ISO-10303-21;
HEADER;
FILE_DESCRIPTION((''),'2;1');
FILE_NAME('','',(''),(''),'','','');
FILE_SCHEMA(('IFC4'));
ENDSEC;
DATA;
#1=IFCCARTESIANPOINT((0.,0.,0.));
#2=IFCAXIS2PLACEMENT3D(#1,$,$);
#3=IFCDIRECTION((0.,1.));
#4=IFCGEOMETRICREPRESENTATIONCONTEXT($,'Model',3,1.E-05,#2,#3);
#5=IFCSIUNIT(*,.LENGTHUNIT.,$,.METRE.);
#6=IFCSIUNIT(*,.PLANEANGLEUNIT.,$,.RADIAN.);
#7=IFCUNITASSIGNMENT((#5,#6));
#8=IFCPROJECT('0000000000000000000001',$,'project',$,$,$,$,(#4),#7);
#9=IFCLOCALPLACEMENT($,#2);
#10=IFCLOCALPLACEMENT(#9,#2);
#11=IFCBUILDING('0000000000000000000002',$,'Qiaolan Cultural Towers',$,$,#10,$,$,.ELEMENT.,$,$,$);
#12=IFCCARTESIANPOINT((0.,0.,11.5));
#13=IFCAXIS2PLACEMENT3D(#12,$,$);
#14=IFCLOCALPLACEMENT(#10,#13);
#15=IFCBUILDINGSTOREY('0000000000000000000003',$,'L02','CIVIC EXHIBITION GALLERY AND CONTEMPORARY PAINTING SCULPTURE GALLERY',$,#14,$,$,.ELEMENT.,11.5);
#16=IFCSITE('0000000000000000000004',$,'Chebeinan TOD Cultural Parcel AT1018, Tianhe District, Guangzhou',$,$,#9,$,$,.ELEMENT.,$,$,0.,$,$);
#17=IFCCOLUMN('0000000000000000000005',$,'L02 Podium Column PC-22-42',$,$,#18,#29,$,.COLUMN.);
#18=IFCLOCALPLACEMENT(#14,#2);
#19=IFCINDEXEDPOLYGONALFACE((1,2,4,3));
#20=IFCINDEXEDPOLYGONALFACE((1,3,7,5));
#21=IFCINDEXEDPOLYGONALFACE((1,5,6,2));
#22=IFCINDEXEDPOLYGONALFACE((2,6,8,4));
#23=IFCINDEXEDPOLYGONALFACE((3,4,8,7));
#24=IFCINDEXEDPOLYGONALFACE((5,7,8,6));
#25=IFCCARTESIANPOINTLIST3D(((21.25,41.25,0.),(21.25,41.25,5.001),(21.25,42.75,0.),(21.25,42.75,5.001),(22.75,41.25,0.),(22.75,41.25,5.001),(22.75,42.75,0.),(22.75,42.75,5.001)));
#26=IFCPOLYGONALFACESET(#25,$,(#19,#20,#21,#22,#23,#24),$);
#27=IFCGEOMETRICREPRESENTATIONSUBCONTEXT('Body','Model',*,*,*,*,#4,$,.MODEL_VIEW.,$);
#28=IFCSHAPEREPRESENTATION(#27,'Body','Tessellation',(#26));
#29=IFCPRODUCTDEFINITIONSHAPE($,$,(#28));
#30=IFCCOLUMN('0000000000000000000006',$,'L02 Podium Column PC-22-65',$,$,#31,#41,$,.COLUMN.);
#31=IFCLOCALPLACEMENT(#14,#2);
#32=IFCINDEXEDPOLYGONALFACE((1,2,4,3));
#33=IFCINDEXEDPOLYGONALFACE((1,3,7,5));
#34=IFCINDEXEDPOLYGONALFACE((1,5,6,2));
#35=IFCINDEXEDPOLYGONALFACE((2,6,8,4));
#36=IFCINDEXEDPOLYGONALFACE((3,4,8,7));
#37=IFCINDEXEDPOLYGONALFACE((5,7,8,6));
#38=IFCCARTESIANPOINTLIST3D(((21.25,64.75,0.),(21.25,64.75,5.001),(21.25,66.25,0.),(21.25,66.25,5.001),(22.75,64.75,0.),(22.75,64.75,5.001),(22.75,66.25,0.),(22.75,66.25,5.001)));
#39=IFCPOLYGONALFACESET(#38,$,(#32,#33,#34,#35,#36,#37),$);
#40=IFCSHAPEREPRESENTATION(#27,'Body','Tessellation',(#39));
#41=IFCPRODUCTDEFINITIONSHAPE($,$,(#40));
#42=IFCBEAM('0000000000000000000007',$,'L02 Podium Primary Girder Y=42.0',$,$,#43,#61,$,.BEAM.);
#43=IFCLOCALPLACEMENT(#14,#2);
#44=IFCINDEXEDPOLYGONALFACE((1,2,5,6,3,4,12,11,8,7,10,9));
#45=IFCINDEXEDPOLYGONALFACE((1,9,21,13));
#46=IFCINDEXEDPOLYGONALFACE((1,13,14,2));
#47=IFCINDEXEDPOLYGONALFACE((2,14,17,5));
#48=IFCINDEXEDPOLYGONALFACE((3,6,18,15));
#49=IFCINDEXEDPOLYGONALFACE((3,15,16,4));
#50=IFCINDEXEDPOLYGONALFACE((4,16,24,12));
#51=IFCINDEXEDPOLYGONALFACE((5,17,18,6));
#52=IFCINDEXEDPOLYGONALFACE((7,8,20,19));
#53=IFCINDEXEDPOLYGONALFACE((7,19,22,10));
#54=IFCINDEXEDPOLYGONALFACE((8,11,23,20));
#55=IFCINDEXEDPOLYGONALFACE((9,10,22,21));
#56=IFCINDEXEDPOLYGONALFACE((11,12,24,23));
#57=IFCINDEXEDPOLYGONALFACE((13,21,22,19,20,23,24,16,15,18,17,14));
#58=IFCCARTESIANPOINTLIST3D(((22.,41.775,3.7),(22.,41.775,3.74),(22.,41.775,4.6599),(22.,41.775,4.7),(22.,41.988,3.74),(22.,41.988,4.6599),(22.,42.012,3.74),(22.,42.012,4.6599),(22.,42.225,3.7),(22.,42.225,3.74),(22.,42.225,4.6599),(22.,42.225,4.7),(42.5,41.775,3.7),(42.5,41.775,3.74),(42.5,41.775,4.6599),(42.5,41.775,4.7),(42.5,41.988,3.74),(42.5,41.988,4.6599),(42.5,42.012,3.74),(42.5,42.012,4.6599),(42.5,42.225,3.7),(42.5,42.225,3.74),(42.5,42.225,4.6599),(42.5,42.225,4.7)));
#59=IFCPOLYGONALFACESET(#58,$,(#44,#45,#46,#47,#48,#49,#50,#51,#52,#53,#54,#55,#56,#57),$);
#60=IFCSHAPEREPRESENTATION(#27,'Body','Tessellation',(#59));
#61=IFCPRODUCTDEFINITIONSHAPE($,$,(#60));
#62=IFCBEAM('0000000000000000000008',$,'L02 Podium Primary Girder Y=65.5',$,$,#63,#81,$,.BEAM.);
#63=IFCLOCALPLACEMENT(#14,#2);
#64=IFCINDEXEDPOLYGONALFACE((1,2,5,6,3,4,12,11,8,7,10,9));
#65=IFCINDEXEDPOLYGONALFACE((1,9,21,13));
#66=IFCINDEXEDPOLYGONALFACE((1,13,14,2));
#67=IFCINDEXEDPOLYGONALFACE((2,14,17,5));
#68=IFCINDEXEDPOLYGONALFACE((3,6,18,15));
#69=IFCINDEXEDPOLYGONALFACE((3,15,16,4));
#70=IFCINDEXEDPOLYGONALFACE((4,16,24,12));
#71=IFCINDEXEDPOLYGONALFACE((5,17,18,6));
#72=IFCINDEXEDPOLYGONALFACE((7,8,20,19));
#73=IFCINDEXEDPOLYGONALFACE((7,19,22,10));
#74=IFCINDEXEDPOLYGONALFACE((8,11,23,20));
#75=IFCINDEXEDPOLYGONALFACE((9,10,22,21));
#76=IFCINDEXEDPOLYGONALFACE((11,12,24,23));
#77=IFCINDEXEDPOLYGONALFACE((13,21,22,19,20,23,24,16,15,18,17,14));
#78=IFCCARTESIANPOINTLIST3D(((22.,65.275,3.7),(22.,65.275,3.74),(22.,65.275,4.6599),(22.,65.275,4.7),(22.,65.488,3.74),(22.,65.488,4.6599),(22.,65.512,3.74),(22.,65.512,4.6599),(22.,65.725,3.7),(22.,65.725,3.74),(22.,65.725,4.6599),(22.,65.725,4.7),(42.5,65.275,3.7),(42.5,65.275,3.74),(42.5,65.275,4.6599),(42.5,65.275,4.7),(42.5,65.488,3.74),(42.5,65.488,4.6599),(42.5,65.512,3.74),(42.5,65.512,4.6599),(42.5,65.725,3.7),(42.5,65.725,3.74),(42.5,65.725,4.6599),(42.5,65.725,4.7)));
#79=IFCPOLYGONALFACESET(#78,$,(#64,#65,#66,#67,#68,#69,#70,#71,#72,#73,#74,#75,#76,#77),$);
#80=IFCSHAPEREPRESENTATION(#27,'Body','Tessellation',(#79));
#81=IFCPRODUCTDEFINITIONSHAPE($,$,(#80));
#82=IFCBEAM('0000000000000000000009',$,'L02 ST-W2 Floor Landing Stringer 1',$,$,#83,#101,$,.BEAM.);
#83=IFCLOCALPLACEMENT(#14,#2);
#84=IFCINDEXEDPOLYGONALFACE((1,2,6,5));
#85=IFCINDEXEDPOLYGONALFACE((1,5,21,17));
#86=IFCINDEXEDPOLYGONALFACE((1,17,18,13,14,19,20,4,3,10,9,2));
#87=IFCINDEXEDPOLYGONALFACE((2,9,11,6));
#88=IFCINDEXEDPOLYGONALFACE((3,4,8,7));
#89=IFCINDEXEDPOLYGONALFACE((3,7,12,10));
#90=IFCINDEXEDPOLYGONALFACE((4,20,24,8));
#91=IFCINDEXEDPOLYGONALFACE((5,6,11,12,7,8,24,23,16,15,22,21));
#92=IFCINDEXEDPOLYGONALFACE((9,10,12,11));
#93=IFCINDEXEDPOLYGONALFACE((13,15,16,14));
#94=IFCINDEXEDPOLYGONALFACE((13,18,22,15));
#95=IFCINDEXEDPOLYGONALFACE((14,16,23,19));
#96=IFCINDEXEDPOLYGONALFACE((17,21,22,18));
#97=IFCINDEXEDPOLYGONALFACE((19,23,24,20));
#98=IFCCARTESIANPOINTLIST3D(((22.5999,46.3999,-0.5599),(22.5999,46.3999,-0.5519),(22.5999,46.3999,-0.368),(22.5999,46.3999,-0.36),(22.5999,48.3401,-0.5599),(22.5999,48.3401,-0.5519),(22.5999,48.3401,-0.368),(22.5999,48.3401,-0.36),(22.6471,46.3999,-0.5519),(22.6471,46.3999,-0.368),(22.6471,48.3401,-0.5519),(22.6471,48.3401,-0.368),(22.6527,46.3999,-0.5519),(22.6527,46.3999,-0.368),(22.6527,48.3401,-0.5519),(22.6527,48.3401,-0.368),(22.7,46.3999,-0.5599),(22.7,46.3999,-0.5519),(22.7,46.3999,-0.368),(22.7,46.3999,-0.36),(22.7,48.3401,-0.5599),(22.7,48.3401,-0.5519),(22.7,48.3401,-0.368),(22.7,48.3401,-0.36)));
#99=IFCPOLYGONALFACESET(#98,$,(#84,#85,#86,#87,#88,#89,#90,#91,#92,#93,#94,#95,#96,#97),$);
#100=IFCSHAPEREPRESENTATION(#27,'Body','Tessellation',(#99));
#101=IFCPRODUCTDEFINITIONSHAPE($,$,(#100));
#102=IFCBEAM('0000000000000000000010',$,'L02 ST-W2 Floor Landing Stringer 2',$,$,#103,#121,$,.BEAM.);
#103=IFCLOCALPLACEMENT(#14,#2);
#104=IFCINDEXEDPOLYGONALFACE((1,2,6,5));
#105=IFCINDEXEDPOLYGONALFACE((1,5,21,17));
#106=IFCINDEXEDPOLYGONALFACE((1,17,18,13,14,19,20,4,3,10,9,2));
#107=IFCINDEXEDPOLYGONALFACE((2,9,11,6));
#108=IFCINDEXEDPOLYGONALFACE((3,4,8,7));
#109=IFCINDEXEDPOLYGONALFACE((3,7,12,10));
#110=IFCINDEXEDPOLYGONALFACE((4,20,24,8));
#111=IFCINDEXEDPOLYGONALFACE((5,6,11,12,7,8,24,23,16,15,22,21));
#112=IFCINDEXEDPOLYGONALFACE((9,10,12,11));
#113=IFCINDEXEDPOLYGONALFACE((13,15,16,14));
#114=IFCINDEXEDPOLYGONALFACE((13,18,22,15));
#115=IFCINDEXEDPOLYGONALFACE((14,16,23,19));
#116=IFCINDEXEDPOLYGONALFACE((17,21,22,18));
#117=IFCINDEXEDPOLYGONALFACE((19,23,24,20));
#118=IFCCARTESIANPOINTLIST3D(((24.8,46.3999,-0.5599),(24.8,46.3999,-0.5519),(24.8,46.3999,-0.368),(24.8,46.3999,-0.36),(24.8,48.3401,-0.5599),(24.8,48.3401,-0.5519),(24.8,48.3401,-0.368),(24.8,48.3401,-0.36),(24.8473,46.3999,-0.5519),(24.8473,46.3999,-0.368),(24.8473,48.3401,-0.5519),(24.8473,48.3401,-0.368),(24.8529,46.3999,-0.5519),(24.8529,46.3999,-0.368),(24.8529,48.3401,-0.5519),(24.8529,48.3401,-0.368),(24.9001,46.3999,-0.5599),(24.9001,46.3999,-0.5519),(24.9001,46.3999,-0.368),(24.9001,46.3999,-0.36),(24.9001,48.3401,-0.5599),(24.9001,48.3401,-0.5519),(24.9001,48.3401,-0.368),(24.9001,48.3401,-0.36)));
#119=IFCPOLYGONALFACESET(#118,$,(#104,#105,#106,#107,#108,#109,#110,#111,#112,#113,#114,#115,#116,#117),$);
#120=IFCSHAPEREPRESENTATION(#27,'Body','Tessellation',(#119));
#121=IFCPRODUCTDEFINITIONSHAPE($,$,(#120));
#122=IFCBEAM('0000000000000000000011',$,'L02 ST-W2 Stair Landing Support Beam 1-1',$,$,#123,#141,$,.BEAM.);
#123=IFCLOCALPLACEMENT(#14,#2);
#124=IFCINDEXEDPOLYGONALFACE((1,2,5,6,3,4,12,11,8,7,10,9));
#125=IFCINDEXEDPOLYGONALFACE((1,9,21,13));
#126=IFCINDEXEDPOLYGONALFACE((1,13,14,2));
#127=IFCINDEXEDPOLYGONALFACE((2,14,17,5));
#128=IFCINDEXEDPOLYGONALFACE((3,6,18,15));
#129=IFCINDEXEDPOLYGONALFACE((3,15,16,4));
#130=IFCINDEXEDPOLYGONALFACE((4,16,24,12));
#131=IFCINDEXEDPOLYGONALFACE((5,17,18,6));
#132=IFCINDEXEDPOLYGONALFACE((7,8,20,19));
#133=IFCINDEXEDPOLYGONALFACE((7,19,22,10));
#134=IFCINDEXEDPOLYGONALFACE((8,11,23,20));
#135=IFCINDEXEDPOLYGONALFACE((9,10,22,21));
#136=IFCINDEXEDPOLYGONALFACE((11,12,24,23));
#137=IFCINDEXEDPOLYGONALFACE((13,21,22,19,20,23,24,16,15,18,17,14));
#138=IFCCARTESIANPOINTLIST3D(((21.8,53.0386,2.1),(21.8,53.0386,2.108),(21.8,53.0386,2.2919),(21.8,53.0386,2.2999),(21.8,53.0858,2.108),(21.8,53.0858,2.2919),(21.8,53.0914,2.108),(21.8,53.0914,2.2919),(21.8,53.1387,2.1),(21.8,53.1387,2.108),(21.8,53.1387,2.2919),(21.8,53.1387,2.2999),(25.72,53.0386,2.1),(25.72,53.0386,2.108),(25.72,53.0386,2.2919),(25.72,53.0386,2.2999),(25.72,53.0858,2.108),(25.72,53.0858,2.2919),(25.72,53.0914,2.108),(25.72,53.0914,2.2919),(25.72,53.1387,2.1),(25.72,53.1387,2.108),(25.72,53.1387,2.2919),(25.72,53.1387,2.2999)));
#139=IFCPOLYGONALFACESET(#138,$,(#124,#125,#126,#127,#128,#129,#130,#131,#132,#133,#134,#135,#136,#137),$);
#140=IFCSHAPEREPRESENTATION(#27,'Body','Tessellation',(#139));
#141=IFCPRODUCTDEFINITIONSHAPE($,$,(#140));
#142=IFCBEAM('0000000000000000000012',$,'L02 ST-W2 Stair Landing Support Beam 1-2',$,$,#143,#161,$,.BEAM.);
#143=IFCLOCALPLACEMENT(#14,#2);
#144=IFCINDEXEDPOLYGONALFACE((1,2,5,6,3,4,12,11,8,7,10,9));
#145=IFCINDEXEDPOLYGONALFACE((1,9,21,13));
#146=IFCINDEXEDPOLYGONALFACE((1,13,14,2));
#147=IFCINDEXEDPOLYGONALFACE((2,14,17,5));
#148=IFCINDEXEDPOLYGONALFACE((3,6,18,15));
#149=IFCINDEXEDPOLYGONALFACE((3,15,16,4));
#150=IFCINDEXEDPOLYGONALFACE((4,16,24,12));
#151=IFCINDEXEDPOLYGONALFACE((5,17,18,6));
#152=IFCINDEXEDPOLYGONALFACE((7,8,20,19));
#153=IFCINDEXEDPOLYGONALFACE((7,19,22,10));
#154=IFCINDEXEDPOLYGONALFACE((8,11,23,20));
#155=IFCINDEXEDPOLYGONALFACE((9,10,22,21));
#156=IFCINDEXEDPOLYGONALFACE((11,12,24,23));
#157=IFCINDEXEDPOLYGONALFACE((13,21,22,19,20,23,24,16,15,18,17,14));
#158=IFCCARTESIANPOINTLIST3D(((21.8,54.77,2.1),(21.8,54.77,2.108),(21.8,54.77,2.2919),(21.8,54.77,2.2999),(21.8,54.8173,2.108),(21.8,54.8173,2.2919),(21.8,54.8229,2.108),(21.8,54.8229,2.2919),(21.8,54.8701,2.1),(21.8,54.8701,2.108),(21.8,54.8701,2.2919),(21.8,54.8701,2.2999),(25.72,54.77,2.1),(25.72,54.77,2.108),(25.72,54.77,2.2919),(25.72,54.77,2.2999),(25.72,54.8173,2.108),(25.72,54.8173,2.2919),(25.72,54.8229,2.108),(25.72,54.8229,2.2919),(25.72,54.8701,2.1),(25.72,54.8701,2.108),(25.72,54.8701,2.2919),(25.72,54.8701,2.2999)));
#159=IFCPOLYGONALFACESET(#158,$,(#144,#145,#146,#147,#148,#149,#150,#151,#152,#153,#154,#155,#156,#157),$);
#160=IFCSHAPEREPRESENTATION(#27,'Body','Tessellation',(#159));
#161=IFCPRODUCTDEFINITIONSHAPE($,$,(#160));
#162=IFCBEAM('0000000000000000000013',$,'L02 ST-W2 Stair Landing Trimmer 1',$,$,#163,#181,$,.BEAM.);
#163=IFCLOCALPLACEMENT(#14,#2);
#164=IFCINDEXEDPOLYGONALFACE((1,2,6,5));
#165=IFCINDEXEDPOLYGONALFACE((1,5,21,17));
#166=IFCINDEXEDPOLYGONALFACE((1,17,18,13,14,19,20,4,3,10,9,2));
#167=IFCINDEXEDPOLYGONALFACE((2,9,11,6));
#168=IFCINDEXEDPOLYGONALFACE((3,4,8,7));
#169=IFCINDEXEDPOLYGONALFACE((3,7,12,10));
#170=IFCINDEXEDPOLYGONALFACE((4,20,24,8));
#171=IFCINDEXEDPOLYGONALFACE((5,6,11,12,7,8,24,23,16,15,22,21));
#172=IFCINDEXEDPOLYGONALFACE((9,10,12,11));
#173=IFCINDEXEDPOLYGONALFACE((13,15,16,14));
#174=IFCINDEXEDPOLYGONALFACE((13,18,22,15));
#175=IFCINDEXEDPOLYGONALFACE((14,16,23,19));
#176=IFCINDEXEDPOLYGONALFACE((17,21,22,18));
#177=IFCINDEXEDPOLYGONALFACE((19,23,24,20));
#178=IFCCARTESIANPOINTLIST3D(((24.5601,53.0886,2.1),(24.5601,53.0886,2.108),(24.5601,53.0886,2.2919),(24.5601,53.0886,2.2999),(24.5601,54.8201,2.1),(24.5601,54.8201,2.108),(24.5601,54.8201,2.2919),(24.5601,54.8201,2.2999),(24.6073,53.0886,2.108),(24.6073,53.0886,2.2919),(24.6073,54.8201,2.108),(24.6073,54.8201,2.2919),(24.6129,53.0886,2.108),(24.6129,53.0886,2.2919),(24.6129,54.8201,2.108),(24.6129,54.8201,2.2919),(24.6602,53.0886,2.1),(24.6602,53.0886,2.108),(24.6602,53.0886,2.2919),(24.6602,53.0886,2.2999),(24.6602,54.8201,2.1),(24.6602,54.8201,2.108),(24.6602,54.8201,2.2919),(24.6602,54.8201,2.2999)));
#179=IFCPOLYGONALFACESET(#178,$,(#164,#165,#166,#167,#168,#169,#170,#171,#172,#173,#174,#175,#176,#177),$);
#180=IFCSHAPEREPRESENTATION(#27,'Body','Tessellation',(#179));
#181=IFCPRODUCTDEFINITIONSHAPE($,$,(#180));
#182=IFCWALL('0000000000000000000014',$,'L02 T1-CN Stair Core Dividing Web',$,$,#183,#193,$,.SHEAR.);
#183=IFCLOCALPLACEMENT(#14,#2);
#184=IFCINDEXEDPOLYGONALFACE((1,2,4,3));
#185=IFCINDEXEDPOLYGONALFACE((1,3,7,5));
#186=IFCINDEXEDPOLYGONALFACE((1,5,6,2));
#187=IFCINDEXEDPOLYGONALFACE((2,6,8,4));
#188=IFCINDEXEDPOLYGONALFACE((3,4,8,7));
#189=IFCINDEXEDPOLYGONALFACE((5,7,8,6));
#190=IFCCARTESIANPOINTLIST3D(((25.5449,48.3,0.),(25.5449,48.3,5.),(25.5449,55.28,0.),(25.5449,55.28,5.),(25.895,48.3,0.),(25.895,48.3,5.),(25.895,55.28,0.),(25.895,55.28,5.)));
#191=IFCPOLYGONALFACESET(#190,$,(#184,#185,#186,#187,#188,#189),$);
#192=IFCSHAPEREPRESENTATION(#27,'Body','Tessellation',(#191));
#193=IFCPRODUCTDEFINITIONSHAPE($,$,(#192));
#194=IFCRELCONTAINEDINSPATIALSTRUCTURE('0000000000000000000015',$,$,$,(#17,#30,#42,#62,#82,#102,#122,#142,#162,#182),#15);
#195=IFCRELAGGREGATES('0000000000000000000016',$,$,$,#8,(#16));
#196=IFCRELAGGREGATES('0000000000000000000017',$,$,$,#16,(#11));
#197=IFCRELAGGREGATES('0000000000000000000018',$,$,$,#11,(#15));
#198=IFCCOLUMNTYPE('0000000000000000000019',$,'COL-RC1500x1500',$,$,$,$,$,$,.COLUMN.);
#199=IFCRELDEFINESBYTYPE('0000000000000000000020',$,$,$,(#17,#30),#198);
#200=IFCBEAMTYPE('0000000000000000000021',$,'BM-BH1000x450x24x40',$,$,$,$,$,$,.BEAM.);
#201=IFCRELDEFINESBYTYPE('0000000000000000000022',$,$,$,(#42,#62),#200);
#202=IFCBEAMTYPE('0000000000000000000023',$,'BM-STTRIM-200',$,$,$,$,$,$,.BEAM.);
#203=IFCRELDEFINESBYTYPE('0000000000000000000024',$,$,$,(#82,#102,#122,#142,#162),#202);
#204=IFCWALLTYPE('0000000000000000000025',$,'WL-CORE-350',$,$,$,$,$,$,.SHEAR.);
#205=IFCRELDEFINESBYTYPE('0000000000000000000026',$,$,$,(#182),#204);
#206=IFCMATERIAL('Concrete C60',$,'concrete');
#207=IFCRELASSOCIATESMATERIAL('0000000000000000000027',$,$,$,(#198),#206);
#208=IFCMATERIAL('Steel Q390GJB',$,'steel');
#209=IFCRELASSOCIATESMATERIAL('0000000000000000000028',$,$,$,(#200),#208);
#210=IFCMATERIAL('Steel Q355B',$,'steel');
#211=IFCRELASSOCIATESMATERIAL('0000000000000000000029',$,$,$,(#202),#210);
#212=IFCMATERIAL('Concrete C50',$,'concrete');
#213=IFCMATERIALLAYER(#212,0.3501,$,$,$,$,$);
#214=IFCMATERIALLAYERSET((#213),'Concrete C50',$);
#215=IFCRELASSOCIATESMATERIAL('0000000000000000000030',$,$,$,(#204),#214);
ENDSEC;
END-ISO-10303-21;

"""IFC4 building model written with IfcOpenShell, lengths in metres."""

from ifc_helpers import new_model, si_unit, direction, frame, frame_2d, origin, origin_2d, place, context, subcontext, project, spatial, rectangle, i_section, extrude, material, layer, layer_set, material_profile, profile_set, type_object, element, save


model = new_model("IFC4")

# Units and contexts
model_context = context("Model", 3, precision=1e-05, world=origin(), true_north=direction((0.0, 1.0)))
body_context = subcontext(model_context, "Body", "Model", "MODEL_VIEW")
ifc_project = project(units=[si_unit("LENGTHUNIT", "METRE"), si_unit("PLANEANGLEUNIT", "RADIAN")], contexts=[model_context])

# Site, building, storey
site_placement = place(None, origin())
site = spatial("IfcSite", under=ifc_project, at=site_placement, Name="Chebeinan TOD Cultural Parcel AT1018, Tianhe District, Guangzhou", CompositionType="ELEMENT", RefElevation=0.0)
building_placement = place(site_placement, origin())
building = spatial("IfcBuilding", under=site, at=building_placement, Name="Qiaolan Cultural Towers", CompositionType="ELEMENT")
storey_placement = place(building_placement, frame((0.0, 0.0, 11.5)))
storey = spatial("IfcBuildingStorey", under=building, at=storey_placement, Name="L02", Description="CIVIC EXHIBITION GALLERY AND CONTEMPORARY PAINTING SCULPTURE GALLERY", CompositionType="ELEMENT", Elevation=11.5)

# Columns
ifc_material_1 = material(Name="Concrete C60", Category="concrete")
ifc_material_profile_1 = material_profile(ifc_material_1, rectangle(XDim=1.5, YDim=1.5, at=origin_2d()), Name="RC1500x1500")
ifc_profile_set_1 = profile_set([ifc_material_profile_1], Name="Concrete C60")
column_type = type_object("IfcColumnType", Name="COL-RC1500x1500", PredefinedType="COLUMN", material=ifc_profile_set_1)
for number, where, z_axis, x_axis, name in (
    (1, (22.0, 42.0, 0.0), (0.0, 0.0, 1.0), (1.0, 0.0, 0.0), "L02 Podium Column PC-22-42"),
    (2, (22.0, 65.5, 0.0), (0.0, 0.0, 1.0), (1.0, 0.0, 0.0), "L02 Podium Column PC-22-65"),
):
    element("IfcColumn", number, at=place(storey_placement, frame(where, z_axis=z_axis, x_axis=x_axis)), inside=storey, type_object=column_type, Name=name, PredefinedType="COLUMN", context=body_context, shape_type="SweptSolid", body=[
        extrude(rectangle(XDim=1.5, YDim=1.5, at=origin_2d()), origin(), (0.0, 0.0, 1.0), 5.001),
    ])

# Beams
ifc_material_2 = material(Name="Steel Q390GJB", Category="steel")
ifc_material_profile_2 = material_profile(ifc_material_2, i_section(OverallWidth=0.45, OverallDepth=1.0, WebThickness=0.0239, FlangeThickness=0.04, at=origin_2d()), Name="BH1000x450x24x40")
ifc_profile_set_2 = profile_set([ifc_material_profile_2], Name="Steel Q390GJB")
beam_type_1 = type_object("IfcBeamType", Name="BM-BH1000x450x24x40", PredefinedType="BEAM", material=ifc_profile_set_2)
for number, where, z_axis, x_axis, name in (
    (3, (22.0, 42.0, 4.2), (1.0, 0.0, 0.0), (0.0, 1.0, 0.0), "L02 Podium Primary Girder Y=42.0"),
    (4, (22.0, 65.5, 4.2), (1.0, 0.0, 0.0), (0.0, 1.0, 0.0), "L02 Podium Primary Girder Y=65.5"),
):
    element("IfcBeam", number, at=place(storey_placement, frame(where, z_axis=z_axis, x_axis=x_axis)), inside=storey, type_object=beam_type_1, Name=name, PredefinedType="BEAM", context=body_context, shape_type="SweptSolid", body=[
        extrude(i_section(OverallWidth=0.45, OverallDepth=1.0, WebThickness=0.0239, FlangeThickness=0.04, at=origin_2d()), origin(), (0.0, 0.0, 1.0), 20.5),
    ])
ifc_material_3 = material(Name="Steel Q355B", Category="steel")
ifc_material_profile_3 = material_profile(ifc_material_3, i_section(OverallWidth=0.1001, OverallDepth=0.2, WebThickness=0.0056, FlangeThickness=0.0081, at=origin_2d()), Name="HN200x100x5.5x8")
ifc_profile_set_3 = profile_set([ifc_material_profile_3], Name="Steel Q355B")
beam_type_2 = type_object("IfcBeamType", Name="BM-STTRIM-200", PredefinedType="BEAM", material=ifc_profile_set_3)
for number, where, z_axis, x_axis, name in (
    (5, (22.6499, 46.3999, -0.46), (0.0, 1.0, 0.0), (-1.0, 0.0, 0.0), "L02 ST-W2 Floor Landing Stringer 1"),
    (6, (24.8501, 46.3999, -0.46), (0.0, 1.0, 0.0), (-1.0, 0.0, 0.0), "L02 ST-W2 Floor Landing Stringer 2"),
):
    element("IfcBeam", number, at=place(storey_placement, frame(where, z_axis=z_axis, x_axis=x_axis)), inside=storey, type_object=beam_type_2, Name=name, PredefinedType="BEAM", context=body_context, shape_type="SweptSolid", body=[
        extrude(i_section(OverallWidth=0.1001, OverallDepth=0.2, WebThickness=0.0056, FlangeThickness=0.0081, at=origin_2d()), origin(), (0.0, 0.0, 1.0), 1.9402),
    ])
for number, where, z_axis, x_axis, name in (
    (7, (21.8, 53.0886, 2.2), (1.0, 0.0, 0.0), (0.0, 1.0, 0.0), "L02 ST-W2 Stair Landing Support Beam 1-1"),
    (8, (21.8, 54.8201, 2.2), (1.0, 0.0, 0.0), (0.0, 1.0, 0.0), "L02 ST-W2 Stair Landing Support Beam 1-2"),
):
    element("IfcBeam", number, at=place(storey_placement, frame(where, z_axis=z_axis, x_axis=x_axis)), inside=storey, type_object=beam_type_2, Name=name, PredefinedType="BEAM", context=body_context, shape_type="SweptSolid", body=[
        extrude(i_section(OverallWidth=0.1001, OverallDepth=0.2, WebThickness=0.0056, FlangeThickness=0.0081, at=origin_2d()), origin(), (0.0, 0.0, 1.0), 3.9199),
    ])
beam_placement = place(storey_placement, frame((24.6101, 53.0886, 2.2), z_axis=(0.0, 1.0, 0.0), x_axis=(-1.0, 0.0, 0.0)))
element("IfcBeam", 9, at=beam_placement, inside=storey, type_object=beam_type_2, Name="L02 ST-W2 Stair Landing Trimmer 1", PredefinedType="BEAM", context=body_context, shape_type="SweptSolid", body=[
    extrude(i_section(OverallWidth=0.1001, OverallDepth=0.2, WebThickness=0.0056, FlangeThickness=0.0081, at=origin_2d()), origin(), (0.0, 0.0, 1.0), 1.7314),
])

# Wall
ifc_material_4 = material(Name="Concrete C50", Category="concrete")
ifc_layer_1 = layer(ifc_material_4, 0.3501)
ifc_layer_set_1 = layer_set([ifc_layer_1], Name="Concrete C50")
wall_type_1 = type_object("IfcWallType", Name="WL-CORE-350", PredefinedType="SHEAR", material=ifc_layer_set_1)
wall_1_placement = place(storey_placement, frame((25.72, 48.3, 0.0), z_axis=(0.0, 0.0, 1.0), x_axis=(0.0, 1.0, 0.0)))
element("IfcWall", 10, at=wall_1_placement, inside=storey, type_object=wall_type_1, Name="L02 T1-CN Stair Core Dividing Web", PredefinedType="SHEAR", context=body_context, shape_type="SweptSolid", body=[
    extrude(rectangle(XDim=6.98, YDim=0.3501, at=frame_2d((3.49, 0.0))), origin(), (0.0, 0.0, 1.0), 5.0),
])

save(model, "model.ifc")
